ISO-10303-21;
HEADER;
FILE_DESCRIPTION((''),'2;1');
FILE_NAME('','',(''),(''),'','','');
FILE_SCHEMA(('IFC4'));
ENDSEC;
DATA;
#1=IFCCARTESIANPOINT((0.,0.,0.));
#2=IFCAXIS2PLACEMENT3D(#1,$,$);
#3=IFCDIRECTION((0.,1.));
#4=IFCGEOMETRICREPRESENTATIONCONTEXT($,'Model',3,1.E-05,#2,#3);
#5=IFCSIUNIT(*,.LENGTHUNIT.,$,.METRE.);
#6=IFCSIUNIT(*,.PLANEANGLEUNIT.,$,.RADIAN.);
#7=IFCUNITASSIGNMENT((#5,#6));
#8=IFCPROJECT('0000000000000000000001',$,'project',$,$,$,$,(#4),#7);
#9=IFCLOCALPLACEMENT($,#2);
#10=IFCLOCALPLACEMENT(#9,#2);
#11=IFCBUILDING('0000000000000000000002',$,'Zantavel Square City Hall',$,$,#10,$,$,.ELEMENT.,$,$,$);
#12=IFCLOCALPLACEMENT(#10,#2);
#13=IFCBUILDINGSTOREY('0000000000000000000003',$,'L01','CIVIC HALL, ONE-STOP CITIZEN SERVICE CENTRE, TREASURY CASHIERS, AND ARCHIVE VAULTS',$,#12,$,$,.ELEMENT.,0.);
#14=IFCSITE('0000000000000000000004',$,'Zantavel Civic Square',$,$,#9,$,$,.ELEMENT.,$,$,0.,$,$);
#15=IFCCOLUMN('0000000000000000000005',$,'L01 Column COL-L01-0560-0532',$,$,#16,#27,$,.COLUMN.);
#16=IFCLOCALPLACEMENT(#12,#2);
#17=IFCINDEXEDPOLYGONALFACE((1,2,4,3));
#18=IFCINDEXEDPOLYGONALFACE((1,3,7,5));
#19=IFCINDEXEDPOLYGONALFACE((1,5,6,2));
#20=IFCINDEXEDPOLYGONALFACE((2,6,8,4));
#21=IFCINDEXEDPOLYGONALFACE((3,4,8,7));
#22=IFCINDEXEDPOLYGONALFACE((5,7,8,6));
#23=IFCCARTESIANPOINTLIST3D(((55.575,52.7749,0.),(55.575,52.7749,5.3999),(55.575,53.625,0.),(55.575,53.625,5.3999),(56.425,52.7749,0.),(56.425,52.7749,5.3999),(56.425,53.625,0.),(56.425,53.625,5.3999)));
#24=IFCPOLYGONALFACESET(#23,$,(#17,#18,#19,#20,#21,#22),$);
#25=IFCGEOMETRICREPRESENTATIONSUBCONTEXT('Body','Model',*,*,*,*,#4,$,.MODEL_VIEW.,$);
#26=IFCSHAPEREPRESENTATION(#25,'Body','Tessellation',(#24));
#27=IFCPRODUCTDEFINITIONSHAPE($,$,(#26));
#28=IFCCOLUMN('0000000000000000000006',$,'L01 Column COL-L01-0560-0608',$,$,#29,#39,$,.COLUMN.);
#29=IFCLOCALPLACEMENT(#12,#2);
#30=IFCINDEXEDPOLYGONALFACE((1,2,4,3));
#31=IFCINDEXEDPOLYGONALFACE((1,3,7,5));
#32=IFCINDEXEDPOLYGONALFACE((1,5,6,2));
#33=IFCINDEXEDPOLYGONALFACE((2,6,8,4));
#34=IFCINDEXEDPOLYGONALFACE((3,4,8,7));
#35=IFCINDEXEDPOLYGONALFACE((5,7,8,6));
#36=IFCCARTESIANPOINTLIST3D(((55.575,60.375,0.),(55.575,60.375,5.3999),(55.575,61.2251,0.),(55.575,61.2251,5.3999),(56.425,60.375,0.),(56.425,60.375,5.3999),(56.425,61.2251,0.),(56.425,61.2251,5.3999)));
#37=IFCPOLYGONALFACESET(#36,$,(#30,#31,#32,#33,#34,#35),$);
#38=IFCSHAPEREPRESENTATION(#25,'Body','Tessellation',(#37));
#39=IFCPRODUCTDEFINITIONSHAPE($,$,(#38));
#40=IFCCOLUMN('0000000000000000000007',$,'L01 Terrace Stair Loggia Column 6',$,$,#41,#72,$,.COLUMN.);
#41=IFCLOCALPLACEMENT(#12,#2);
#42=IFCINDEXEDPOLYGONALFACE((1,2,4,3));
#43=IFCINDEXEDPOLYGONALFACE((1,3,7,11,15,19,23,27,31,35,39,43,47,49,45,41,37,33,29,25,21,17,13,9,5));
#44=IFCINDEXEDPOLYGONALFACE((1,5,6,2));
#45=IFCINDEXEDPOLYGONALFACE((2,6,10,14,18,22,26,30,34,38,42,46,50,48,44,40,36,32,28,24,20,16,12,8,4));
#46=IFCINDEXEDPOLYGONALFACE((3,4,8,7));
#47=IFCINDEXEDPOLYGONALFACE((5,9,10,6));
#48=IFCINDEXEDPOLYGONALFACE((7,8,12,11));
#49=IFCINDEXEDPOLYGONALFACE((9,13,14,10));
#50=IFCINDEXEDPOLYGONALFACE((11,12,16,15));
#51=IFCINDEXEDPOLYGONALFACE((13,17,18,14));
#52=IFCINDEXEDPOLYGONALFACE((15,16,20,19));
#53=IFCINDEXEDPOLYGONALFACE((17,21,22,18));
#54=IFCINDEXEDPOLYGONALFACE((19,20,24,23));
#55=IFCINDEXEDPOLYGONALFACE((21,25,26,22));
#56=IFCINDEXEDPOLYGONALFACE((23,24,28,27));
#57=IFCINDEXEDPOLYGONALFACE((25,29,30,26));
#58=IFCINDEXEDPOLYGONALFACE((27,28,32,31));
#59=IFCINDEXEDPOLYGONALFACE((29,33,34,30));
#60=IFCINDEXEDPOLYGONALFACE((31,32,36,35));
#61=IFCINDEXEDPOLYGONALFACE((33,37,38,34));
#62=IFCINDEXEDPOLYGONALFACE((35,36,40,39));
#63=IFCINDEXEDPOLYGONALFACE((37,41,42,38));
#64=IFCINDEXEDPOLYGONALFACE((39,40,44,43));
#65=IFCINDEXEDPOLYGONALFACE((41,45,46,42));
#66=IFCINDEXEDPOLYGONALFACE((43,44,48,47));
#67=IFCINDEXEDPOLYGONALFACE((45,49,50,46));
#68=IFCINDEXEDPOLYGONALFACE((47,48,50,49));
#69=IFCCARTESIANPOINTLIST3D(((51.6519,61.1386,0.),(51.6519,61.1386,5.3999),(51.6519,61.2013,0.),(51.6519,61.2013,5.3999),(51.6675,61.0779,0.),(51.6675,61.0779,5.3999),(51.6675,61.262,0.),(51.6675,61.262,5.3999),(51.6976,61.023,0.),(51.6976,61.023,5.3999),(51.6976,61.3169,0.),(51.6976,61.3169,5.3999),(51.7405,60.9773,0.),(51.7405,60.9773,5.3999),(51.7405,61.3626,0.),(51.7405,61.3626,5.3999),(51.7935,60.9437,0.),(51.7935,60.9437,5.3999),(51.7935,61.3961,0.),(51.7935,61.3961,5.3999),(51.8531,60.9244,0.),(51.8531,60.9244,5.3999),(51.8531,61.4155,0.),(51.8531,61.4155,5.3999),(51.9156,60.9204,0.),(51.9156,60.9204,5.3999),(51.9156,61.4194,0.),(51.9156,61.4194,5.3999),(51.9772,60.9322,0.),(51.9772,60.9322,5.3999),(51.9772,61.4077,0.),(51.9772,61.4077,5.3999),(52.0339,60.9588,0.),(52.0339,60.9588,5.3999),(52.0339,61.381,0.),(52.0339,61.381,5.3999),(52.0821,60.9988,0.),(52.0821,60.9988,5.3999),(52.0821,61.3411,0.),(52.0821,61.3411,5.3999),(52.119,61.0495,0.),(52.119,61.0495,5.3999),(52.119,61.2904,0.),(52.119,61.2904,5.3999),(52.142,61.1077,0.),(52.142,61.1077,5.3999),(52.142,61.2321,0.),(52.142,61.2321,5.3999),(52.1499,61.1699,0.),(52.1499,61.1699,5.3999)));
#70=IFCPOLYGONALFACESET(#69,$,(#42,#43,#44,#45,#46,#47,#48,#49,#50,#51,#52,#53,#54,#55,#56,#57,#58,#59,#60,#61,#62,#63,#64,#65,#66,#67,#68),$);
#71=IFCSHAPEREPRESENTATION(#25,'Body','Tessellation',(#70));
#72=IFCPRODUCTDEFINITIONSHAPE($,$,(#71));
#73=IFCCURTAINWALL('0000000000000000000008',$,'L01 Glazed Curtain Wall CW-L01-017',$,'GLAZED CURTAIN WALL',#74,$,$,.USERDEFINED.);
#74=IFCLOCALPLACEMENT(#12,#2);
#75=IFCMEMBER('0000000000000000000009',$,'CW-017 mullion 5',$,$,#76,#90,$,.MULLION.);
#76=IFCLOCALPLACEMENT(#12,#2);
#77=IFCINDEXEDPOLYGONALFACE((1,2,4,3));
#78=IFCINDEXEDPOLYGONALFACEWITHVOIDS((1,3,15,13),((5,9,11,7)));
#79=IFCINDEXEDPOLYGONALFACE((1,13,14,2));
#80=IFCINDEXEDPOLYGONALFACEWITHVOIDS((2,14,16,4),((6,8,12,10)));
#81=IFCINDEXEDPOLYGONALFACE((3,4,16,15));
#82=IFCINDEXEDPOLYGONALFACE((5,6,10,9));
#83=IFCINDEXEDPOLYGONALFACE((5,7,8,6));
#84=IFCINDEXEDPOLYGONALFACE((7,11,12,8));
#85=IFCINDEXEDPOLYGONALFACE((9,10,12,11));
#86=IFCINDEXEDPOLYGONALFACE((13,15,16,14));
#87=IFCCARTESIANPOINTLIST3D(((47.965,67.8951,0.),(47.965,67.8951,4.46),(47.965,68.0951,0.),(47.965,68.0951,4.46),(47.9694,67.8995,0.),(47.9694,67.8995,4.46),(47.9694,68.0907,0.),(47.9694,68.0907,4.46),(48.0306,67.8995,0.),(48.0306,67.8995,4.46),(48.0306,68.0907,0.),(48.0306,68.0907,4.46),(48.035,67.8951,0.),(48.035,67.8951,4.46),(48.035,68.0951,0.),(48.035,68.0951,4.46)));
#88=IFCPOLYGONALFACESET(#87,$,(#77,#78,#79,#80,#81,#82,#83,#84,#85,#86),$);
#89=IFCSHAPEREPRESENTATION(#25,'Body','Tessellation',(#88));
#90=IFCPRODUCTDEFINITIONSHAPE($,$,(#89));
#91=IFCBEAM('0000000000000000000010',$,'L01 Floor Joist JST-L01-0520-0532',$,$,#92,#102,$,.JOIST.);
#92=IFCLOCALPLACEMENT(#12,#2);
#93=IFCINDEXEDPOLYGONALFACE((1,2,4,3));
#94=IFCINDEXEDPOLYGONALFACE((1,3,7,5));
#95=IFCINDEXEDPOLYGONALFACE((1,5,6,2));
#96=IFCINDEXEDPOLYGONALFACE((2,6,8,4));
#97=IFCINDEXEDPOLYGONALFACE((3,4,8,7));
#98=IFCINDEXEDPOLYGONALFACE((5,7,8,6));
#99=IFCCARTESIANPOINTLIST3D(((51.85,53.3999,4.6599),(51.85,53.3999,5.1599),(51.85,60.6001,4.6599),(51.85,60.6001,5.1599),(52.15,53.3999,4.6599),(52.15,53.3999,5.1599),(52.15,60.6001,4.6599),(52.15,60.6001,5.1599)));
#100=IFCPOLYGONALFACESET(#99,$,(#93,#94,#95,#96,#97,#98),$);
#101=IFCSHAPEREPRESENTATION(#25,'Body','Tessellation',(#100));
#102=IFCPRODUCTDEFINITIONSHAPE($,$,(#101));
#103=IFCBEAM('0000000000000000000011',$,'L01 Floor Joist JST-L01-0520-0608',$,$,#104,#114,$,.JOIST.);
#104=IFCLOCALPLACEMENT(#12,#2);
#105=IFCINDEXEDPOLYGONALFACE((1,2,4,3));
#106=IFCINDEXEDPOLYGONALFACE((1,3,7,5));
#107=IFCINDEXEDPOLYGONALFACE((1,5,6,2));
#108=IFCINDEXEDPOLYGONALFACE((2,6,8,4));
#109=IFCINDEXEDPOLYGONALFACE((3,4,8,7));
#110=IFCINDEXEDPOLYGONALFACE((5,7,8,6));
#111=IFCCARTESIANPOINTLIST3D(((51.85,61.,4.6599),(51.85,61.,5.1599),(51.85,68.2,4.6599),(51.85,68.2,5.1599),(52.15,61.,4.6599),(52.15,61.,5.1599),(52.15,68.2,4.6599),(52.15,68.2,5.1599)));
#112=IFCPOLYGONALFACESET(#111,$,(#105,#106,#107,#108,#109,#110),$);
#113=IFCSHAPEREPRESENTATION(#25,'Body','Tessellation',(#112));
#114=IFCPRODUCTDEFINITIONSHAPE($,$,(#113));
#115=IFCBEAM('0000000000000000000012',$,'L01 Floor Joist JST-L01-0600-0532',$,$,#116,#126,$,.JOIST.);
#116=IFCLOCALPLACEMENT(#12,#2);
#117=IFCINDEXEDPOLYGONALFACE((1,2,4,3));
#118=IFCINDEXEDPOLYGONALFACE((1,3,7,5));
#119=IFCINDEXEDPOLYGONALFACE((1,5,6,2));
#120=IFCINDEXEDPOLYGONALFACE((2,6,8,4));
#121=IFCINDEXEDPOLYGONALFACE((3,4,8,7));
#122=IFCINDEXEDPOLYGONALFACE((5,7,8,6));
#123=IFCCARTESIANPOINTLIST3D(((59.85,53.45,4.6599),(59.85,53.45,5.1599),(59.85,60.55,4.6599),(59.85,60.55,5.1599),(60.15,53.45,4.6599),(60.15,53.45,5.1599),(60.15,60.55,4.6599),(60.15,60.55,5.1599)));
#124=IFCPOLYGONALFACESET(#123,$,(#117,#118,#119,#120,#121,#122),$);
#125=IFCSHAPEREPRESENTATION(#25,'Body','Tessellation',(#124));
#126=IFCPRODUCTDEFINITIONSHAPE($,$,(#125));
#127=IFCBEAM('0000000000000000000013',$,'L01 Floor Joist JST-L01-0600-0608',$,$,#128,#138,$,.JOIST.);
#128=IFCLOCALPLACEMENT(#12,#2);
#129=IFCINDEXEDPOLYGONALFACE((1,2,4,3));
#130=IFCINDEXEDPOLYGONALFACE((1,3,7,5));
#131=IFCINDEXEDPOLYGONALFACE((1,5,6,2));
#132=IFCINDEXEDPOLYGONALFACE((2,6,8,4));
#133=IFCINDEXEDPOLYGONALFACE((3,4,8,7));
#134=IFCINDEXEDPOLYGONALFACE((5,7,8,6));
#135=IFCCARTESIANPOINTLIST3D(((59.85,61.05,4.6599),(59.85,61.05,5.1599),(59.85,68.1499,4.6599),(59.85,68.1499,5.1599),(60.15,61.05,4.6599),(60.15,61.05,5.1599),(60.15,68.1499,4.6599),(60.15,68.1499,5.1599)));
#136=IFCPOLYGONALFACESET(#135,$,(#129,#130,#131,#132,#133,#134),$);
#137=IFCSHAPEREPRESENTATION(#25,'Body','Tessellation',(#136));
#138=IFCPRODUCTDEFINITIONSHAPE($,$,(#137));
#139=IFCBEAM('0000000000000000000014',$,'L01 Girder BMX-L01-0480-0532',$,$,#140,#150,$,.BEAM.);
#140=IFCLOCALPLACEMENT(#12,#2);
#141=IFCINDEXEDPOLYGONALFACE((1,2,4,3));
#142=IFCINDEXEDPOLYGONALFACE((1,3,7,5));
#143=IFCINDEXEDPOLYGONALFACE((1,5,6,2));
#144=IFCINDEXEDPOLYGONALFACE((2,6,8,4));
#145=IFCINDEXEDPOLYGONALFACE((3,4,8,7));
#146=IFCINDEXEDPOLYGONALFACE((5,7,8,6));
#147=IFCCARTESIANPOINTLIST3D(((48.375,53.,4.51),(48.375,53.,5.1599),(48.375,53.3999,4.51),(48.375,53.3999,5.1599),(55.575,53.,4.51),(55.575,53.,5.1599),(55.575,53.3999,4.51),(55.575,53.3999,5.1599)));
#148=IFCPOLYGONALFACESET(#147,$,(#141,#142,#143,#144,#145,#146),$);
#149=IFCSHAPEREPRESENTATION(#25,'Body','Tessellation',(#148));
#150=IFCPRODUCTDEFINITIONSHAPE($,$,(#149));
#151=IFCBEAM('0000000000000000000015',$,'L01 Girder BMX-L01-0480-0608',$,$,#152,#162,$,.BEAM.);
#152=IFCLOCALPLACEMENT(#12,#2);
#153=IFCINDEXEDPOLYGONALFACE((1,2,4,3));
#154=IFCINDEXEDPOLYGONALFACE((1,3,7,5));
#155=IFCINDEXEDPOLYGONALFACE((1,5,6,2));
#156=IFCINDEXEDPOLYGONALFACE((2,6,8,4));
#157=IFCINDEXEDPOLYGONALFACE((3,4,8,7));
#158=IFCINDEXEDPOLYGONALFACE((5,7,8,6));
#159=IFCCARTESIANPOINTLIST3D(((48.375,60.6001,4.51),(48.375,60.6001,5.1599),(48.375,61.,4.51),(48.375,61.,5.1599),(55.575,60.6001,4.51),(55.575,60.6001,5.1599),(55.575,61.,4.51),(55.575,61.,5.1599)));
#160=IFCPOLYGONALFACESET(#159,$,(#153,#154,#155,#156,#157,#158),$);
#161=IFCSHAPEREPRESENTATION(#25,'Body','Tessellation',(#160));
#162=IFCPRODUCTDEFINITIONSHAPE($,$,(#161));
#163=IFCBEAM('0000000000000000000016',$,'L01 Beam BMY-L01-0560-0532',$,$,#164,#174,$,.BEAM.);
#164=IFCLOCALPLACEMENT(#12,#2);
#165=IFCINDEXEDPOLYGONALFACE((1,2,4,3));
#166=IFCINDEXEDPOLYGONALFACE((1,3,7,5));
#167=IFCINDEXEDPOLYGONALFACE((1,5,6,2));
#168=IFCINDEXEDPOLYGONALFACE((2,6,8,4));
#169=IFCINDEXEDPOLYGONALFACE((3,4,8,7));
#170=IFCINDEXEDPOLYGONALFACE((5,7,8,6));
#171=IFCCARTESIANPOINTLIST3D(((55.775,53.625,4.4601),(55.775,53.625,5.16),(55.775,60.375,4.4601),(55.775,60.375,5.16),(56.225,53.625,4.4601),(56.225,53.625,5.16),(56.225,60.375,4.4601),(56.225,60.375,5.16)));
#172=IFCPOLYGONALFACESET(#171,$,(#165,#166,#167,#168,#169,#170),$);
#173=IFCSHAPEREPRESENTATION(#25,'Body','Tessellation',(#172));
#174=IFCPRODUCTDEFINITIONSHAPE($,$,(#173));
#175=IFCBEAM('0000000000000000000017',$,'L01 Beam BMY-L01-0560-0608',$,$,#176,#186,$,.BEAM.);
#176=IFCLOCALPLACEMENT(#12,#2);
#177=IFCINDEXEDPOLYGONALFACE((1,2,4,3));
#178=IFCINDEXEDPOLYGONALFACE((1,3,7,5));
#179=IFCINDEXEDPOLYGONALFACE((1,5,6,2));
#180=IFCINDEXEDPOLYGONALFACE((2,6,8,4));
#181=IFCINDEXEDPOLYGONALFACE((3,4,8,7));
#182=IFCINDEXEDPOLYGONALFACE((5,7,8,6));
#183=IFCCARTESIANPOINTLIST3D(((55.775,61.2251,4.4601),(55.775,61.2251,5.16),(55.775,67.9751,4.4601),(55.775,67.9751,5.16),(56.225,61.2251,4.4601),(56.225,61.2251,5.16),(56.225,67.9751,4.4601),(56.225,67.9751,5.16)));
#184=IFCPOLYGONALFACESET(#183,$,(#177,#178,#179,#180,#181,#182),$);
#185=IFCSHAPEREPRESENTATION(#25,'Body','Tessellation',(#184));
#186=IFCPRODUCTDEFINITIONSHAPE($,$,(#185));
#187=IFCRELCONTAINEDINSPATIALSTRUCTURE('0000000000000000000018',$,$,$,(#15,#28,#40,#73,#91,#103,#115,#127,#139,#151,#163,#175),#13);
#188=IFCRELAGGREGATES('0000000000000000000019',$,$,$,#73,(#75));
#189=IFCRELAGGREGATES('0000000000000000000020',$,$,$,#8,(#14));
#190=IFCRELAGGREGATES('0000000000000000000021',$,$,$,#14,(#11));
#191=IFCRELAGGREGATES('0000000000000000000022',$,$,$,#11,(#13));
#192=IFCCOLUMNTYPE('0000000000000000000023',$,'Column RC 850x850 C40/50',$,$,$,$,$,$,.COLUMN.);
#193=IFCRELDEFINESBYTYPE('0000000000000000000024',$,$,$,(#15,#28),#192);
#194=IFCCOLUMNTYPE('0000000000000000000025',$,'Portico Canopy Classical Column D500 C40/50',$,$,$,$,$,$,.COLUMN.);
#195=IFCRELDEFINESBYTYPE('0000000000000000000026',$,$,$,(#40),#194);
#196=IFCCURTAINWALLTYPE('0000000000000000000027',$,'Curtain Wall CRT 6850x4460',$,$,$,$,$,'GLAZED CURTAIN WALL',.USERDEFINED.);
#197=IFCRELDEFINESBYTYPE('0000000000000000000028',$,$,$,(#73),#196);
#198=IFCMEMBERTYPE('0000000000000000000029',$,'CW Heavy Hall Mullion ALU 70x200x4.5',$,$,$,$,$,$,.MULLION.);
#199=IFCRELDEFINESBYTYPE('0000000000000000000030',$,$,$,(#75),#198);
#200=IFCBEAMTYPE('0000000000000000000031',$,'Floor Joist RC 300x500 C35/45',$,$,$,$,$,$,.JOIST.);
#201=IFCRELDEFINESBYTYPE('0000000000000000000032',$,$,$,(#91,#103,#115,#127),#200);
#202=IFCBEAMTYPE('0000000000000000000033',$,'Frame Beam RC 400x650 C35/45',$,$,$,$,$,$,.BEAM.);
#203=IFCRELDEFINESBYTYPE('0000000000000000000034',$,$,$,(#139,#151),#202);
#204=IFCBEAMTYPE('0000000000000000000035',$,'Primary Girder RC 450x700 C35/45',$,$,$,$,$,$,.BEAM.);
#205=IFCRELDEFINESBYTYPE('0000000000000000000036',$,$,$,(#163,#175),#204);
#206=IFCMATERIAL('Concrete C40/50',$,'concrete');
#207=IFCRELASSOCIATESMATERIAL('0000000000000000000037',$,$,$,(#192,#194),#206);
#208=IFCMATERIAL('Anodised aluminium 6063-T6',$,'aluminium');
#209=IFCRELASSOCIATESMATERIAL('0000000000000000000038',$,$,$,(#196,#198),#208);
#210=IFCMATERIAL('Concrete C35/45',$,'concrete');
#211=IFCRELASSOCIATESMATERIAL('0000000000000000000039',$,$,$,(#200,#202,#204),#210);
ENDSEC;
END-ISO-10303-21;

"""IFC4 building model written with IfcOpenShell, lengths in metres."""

from ifc_helpers import new_model, si_unit, direction, frame, origin, origin_2d, place, context, subcontext, project, spatial, rectangle, hollow_rectangle, circle, extrude, material, material_profile, profile_set, type_object, element, aggregate, save


model = new_model("IFC4")

# Units and contexts
model_context = context("Model", 3, precision=1e-05, world=origin(), true_north=direction((0.0, 1.0)))
body_context = subcontext(model_context, "Body", "Model", "MODEL_VIEW")
ifc_project = project(units=[si_unit("LENGTHUNIT", "METRE"), si_unit("PLANEANGLEUNIT", "RADIAN")], contexts=[model_context])

# Site, building, storey
site_placement = place(None, origin())
site = spatial("IfcSite", under=ifc_project, at=site_placement, Name="Zantavel Civic Square", CompositionType="ELEMENT", RefElevation=0.0)
building_placement = place(site_placement, origin())
building = spatial("IfcBuilding", under=site, at=building_placement, Name="Zantavel Square City Hall", CompositionType="ELEMENT")
storey_placement = place(building_placement, origin())
storey = spatial("IfcBuildingStorey", under=building, at=storey_placement, Name="L01", Description="CIVIC HALL, ONE-STOP CITIZEN SERVICE CENTRE, TREASURY CASHIERS, AND ARCHIVE VAULTS", CompositionType="ELEMENT", Elevation=0.0)

# Columns
ifc_material_1 = material(Name="Concrete C40/50", Category="concrete")
ifc_material_profile_1 = material_profile(ifc_material_1, rectangle(XDim=0.8501, YDim=0.8501, at=origin_2d()), Name="RC 850x850")
ifc_profile_set_1 = profile_set([ifc_material_profile_1], Name="Concrete C40/50")
column_type_1 = type_object("IfcColumnType", Name="Column RC 850x850 C40/50", PredefinedType="COLUMN", material=ifc_profile_set_1)
for number, where, z_axis, x_axis, name in (
    (1, (56.0, 53.2, 0.0), (0.0, 0.0, 1.0), (1.0, 0.0, 0.0), "L01 Column COL-L01-0560-0532"),
    (2, (56.0, 60.8, 0.0), (0.0, 0.0, 1.0), (1.0, 0.0, 0.0), "L01 Column COL-L01-0560-0608"),
):
    element("IfcColumn", number, at=place(storey_placement, frame(where, z_axis=z_axis, x_axis=x_axis)), inside=storey, type_object=column_type_1, Name=name, PredefinedType="COLUMN", context=body_context, shape_type="SweptSolid", body=[
        extrude(rectangle(XDim=0.8501, YDim=0.8501, at=origin_2d()), origin(), (0.0, 0.0, 1.0), 5.3999),
    ])
ifc_material_profile_2 = material_profile(ifc_material_1, circle(Radius=0.25, at=origin_2d()), Name="ROUND D500")
ifc_profile_set_2 = profile_set([ifc_material_profile_2], Name="Concrete C40/50")
column_type_2 = type_object("IfcColumnType", Name="Portico Canopy Classical Column D500 C40/50", PredefinedType="COLUMN", material=ifc_profile_set_2)
column_placement = place(storey_placement, frame((51.8999, 61.1699, 0.0), z_axis=(0.0, 0.0, 1.0), x_axis=(1.0, 0.0, 0.0)))
element("IfcColumn", 3, at=column_placement, inside=storey, type_object=column_type_2, Name="L01 Terrace Stair Loggia Column 6", PredefinedType="COLUMN", context=body_context, shape_type="SweptSolid", body=[
    extrude(circle(Radius=0.25, at=origin_2d()), origin(), (0.0, 0.0, 1.0), 5.3999),
])

# Curtain wall, member
ifc_material_2 = material(Name="Anodised aluminium 6063-T6", Category="aluminium")
curtain_wall_type = type_object("IfcCurtainWallType", Name="Curtain Wall CRT 6850x4460", ElementType="GLAZED CURTAIN WALL", PredefinedType="USERDEFINED", material=ifc_material_2)
curtain_wall_placement = place(storey_placement, origin())
curtain_wall = element("IfcCurtainWall", 4, at=curtain_wall_placement, inside=storey, type_object=curtain_wall_type, Name="L01 Glazed Curtain Wall CW-L01-017", ObjectType="GLAZED CURTAIN WALL", PredefinedType="USERDEFINED")
ifc_material_profile_3 = material_profile(ifc_material_2, hollow_rectangle(XDim=0.0701, YDim=0.2, WallThickness=0.0044, at=origin_2d()), Name="ALU 70x200x4.5")
ifc_profile_set_3 = profile_set([ifc_material_profile_3], Name="Anodised aluminium 6063-T6")
member_type = type_object("IfcMemberType", Name="CW Heavy Hall Mullion ALU 70x200x4.5", PredefinedType="MULLION", material=ifc_profile_set_3)
member_placement = place(storey_placement, frame((48.0, 67.9951, 0.0), z_axis=(0.0, 0.0, 1.0), x_axis=(-1.0, 0.0, 0.0)))
member = element("IfcMember", 5, at=member_placement, type_object=member_type, Name="CW-017 mullion 5", PredefinedType="MULLION", context=body_context, shape_type="SweptSolid", body=[
    extrude(hollow_rectangle(XDim=0.0701, YDim=0.2, WallThickness=0.0044, at=origin_2d()), origin(), (0.0, 0.0, 1.0), 4.46),
])
aggregate(curtain_wall, [member])

# Beams
ifc_material_3 = material(Name="Concrete C35/45", Category="concrete")
ifc_material_profile_4 = material_profile(ifc_material_3, rectangle(XDim=0.3, YDim=0.5, at=origin_2d()), Name="RC 300x500")
ifc_profile_set_4 = profile_set([ifc_material_profile_4], Name="Concrete C35/45")
beam_type_1 = type_object("IfcBeamType", Name="Floor Joist RC 300x500 C35/45", PredefinedType="JOIST", material=ifc_profile_set_4)
beam_1_placement = place(storey_placement, frame((52.0, 53.3999, 4.9099), z_axis=(0.0, 1.0, 0.0), x_axis=(-1.0, 0.0, 0.0)))
element("IfcBeam", 6, at=beam_1_placement, inside=storey, type_object=beam_type_1, Name="L01 Floor Joist JST-L01-0520-0532", PredefinedType="JOIST", context=body_context, shape_type="SweptSolid", body=[
    extrude(rectangle(XDim=0.3, YDim=0.5, at=origin_2d()), origin(), (0.0, 0.0, 1.0), 7.2002),
])
beam_2_placement = place(storey_placement, frame((52.0, 61.0, 4.9099), z_axis=(0.0, 1.0, 0.0), x_axis=(-1.0, 0.0, 0.0)))
element("IfcBeam", 7, at=beam_2_placement, inside=storey, type_object=beam_type_1, Name="L01 Floor Joist JST-L01-0520-0608", PredefinedType="JOIST", context=body_context, shape_type="SweptSolid", body=[
    extrude(rectangle(XDim=0.3, YDim=0.5, at=origin_2d()), origin(), (0.0, 0.0, 1.0), 7.2),
])
beam_3_placement = place(storey_placement, frame((60.0, 53.45, 4.9099), z_axis=(0.0, 1.0, 0.0), x_axis=(-1.0, 0.0, 0.0)))
element("IfcBeam", 8, at=beam_3_placement, inside=storey, type_object=beam_type_1, Name="L01 Floor Joist JST-L01-0600-0532", PredefinedType="JOIST", context=body_context, shape_type="SweptSolid", body=[
    extrude(rectangle(XDim=0.3, YDim=0.5, at=origin_2d()), origin(), (0.0, 0.0, 1.0), 7.1001),
])
beam_4_placement = place(storey_placement, frame((60.0, 61.05, 4.9099), z_axis=(0.0, 1.0, 0.0), x_axis=(-1.0, 0.0, 0.0)))
element("IfcBeam", 9, at=beam_4_placement, inside=storey, type_object=beam_type_1, Name="L01 Floor Joist JST-L01-0600-0608", PredefinedType="JOIST", context=body_context, shape_type="SweptSolid", body=[
    extrude(rectangle(XDim=0.3, YDim=0.5, at=origin_2d()), origin(), (0.0, 0.0, 1.0), 7.0999),
])
ifc_material_profile_5 = material_profile(ifc_material_3, rectangle(XDim=0.3999, YDim=0.6499, at=origin_2d()), Name="RC 400x650")
ifc_profile_set_5 = profile_set([ifc_material_profile_5], Name="Concrete C35/45")
beam_type_2 = type_object("IfcBeamType", Name="Frame Beam RC 400x650 C35/45", PredefinedType="BEAM", material=ifc_profile_set_5)
for number, where, z_axis, x_axis, name in (
    (10, (48.375, 53.2, 4.835), (1.0, 0.0, 0.0), (0.0, 1.0, 0.0), "L01 Girder BMX-L01-0480-0532"),
    (11, (48.375, 60.8, 4.835), (1.0, 0.0, 0.0), (0.0, 1.0, 0.0), "L01 Girder BMX-L01-0480-0608"),
):
    element("IfcBeam", number, at=place(storey_placement, frame(where, z_axis=z_axis, x_axis=x_axis)), inside=storey, type_object=beam_type_2, Name=name, PredefinedType="BEAM", context=body_context, shape_type="SweptSolid", body=[
        extrude(rectangle(XDim=0.3999, YDim=0.6499, at=origin_2d()), origin(), (0.0, 0.0, 1.0), 7.2),
    ])
ifc_material_profile_6 = material_profile(ifc_material_3, rectangle(XDim=0.45, YDim=0.7, at=origin_2d()), Name="RC 450x700")
ifc_profile_set_6 = profile_set([ifc_material_profile_6], Name="Concrete C35/45")
beam_type_3 = type_object("IfcBeamType", Name="Primary Girder RC 450x700 C35/45", PredefinedType="BEAM", material=ifc_profile_set_6)
for number, where, z_axis, x_axis, name in (
    (12, (56.0, 53.625, 4.8101), (0.0, 1.0, 0.0), (-1.0, 0.0, 0.0), "L01 Beam BMY-L01-0560-0532"),
    (13, (56.0, 61.2251, 4.8101), (0.0, 1.0, 0.0), (-1.0, 0.0, 0.0), "L01 Beam BMY-L01-0560-0608"),
):
    element("IfcBeam", number, at=place(storey_placement, frame(where, z_axis=z_axis, x_axis=x_axis)), inside=storey, type_object=beam_type_3, Name=name, PredefinedType="BEAM", context=body_context, shape_type="SweptSolid", body=[
        extrude(rectangle(XDim=0.45, YDim=0.7, at=origin_2d()), origin(), (0.0, 0.0, 1.0), 6.75),
    ])

save(model, "model.ifc")
